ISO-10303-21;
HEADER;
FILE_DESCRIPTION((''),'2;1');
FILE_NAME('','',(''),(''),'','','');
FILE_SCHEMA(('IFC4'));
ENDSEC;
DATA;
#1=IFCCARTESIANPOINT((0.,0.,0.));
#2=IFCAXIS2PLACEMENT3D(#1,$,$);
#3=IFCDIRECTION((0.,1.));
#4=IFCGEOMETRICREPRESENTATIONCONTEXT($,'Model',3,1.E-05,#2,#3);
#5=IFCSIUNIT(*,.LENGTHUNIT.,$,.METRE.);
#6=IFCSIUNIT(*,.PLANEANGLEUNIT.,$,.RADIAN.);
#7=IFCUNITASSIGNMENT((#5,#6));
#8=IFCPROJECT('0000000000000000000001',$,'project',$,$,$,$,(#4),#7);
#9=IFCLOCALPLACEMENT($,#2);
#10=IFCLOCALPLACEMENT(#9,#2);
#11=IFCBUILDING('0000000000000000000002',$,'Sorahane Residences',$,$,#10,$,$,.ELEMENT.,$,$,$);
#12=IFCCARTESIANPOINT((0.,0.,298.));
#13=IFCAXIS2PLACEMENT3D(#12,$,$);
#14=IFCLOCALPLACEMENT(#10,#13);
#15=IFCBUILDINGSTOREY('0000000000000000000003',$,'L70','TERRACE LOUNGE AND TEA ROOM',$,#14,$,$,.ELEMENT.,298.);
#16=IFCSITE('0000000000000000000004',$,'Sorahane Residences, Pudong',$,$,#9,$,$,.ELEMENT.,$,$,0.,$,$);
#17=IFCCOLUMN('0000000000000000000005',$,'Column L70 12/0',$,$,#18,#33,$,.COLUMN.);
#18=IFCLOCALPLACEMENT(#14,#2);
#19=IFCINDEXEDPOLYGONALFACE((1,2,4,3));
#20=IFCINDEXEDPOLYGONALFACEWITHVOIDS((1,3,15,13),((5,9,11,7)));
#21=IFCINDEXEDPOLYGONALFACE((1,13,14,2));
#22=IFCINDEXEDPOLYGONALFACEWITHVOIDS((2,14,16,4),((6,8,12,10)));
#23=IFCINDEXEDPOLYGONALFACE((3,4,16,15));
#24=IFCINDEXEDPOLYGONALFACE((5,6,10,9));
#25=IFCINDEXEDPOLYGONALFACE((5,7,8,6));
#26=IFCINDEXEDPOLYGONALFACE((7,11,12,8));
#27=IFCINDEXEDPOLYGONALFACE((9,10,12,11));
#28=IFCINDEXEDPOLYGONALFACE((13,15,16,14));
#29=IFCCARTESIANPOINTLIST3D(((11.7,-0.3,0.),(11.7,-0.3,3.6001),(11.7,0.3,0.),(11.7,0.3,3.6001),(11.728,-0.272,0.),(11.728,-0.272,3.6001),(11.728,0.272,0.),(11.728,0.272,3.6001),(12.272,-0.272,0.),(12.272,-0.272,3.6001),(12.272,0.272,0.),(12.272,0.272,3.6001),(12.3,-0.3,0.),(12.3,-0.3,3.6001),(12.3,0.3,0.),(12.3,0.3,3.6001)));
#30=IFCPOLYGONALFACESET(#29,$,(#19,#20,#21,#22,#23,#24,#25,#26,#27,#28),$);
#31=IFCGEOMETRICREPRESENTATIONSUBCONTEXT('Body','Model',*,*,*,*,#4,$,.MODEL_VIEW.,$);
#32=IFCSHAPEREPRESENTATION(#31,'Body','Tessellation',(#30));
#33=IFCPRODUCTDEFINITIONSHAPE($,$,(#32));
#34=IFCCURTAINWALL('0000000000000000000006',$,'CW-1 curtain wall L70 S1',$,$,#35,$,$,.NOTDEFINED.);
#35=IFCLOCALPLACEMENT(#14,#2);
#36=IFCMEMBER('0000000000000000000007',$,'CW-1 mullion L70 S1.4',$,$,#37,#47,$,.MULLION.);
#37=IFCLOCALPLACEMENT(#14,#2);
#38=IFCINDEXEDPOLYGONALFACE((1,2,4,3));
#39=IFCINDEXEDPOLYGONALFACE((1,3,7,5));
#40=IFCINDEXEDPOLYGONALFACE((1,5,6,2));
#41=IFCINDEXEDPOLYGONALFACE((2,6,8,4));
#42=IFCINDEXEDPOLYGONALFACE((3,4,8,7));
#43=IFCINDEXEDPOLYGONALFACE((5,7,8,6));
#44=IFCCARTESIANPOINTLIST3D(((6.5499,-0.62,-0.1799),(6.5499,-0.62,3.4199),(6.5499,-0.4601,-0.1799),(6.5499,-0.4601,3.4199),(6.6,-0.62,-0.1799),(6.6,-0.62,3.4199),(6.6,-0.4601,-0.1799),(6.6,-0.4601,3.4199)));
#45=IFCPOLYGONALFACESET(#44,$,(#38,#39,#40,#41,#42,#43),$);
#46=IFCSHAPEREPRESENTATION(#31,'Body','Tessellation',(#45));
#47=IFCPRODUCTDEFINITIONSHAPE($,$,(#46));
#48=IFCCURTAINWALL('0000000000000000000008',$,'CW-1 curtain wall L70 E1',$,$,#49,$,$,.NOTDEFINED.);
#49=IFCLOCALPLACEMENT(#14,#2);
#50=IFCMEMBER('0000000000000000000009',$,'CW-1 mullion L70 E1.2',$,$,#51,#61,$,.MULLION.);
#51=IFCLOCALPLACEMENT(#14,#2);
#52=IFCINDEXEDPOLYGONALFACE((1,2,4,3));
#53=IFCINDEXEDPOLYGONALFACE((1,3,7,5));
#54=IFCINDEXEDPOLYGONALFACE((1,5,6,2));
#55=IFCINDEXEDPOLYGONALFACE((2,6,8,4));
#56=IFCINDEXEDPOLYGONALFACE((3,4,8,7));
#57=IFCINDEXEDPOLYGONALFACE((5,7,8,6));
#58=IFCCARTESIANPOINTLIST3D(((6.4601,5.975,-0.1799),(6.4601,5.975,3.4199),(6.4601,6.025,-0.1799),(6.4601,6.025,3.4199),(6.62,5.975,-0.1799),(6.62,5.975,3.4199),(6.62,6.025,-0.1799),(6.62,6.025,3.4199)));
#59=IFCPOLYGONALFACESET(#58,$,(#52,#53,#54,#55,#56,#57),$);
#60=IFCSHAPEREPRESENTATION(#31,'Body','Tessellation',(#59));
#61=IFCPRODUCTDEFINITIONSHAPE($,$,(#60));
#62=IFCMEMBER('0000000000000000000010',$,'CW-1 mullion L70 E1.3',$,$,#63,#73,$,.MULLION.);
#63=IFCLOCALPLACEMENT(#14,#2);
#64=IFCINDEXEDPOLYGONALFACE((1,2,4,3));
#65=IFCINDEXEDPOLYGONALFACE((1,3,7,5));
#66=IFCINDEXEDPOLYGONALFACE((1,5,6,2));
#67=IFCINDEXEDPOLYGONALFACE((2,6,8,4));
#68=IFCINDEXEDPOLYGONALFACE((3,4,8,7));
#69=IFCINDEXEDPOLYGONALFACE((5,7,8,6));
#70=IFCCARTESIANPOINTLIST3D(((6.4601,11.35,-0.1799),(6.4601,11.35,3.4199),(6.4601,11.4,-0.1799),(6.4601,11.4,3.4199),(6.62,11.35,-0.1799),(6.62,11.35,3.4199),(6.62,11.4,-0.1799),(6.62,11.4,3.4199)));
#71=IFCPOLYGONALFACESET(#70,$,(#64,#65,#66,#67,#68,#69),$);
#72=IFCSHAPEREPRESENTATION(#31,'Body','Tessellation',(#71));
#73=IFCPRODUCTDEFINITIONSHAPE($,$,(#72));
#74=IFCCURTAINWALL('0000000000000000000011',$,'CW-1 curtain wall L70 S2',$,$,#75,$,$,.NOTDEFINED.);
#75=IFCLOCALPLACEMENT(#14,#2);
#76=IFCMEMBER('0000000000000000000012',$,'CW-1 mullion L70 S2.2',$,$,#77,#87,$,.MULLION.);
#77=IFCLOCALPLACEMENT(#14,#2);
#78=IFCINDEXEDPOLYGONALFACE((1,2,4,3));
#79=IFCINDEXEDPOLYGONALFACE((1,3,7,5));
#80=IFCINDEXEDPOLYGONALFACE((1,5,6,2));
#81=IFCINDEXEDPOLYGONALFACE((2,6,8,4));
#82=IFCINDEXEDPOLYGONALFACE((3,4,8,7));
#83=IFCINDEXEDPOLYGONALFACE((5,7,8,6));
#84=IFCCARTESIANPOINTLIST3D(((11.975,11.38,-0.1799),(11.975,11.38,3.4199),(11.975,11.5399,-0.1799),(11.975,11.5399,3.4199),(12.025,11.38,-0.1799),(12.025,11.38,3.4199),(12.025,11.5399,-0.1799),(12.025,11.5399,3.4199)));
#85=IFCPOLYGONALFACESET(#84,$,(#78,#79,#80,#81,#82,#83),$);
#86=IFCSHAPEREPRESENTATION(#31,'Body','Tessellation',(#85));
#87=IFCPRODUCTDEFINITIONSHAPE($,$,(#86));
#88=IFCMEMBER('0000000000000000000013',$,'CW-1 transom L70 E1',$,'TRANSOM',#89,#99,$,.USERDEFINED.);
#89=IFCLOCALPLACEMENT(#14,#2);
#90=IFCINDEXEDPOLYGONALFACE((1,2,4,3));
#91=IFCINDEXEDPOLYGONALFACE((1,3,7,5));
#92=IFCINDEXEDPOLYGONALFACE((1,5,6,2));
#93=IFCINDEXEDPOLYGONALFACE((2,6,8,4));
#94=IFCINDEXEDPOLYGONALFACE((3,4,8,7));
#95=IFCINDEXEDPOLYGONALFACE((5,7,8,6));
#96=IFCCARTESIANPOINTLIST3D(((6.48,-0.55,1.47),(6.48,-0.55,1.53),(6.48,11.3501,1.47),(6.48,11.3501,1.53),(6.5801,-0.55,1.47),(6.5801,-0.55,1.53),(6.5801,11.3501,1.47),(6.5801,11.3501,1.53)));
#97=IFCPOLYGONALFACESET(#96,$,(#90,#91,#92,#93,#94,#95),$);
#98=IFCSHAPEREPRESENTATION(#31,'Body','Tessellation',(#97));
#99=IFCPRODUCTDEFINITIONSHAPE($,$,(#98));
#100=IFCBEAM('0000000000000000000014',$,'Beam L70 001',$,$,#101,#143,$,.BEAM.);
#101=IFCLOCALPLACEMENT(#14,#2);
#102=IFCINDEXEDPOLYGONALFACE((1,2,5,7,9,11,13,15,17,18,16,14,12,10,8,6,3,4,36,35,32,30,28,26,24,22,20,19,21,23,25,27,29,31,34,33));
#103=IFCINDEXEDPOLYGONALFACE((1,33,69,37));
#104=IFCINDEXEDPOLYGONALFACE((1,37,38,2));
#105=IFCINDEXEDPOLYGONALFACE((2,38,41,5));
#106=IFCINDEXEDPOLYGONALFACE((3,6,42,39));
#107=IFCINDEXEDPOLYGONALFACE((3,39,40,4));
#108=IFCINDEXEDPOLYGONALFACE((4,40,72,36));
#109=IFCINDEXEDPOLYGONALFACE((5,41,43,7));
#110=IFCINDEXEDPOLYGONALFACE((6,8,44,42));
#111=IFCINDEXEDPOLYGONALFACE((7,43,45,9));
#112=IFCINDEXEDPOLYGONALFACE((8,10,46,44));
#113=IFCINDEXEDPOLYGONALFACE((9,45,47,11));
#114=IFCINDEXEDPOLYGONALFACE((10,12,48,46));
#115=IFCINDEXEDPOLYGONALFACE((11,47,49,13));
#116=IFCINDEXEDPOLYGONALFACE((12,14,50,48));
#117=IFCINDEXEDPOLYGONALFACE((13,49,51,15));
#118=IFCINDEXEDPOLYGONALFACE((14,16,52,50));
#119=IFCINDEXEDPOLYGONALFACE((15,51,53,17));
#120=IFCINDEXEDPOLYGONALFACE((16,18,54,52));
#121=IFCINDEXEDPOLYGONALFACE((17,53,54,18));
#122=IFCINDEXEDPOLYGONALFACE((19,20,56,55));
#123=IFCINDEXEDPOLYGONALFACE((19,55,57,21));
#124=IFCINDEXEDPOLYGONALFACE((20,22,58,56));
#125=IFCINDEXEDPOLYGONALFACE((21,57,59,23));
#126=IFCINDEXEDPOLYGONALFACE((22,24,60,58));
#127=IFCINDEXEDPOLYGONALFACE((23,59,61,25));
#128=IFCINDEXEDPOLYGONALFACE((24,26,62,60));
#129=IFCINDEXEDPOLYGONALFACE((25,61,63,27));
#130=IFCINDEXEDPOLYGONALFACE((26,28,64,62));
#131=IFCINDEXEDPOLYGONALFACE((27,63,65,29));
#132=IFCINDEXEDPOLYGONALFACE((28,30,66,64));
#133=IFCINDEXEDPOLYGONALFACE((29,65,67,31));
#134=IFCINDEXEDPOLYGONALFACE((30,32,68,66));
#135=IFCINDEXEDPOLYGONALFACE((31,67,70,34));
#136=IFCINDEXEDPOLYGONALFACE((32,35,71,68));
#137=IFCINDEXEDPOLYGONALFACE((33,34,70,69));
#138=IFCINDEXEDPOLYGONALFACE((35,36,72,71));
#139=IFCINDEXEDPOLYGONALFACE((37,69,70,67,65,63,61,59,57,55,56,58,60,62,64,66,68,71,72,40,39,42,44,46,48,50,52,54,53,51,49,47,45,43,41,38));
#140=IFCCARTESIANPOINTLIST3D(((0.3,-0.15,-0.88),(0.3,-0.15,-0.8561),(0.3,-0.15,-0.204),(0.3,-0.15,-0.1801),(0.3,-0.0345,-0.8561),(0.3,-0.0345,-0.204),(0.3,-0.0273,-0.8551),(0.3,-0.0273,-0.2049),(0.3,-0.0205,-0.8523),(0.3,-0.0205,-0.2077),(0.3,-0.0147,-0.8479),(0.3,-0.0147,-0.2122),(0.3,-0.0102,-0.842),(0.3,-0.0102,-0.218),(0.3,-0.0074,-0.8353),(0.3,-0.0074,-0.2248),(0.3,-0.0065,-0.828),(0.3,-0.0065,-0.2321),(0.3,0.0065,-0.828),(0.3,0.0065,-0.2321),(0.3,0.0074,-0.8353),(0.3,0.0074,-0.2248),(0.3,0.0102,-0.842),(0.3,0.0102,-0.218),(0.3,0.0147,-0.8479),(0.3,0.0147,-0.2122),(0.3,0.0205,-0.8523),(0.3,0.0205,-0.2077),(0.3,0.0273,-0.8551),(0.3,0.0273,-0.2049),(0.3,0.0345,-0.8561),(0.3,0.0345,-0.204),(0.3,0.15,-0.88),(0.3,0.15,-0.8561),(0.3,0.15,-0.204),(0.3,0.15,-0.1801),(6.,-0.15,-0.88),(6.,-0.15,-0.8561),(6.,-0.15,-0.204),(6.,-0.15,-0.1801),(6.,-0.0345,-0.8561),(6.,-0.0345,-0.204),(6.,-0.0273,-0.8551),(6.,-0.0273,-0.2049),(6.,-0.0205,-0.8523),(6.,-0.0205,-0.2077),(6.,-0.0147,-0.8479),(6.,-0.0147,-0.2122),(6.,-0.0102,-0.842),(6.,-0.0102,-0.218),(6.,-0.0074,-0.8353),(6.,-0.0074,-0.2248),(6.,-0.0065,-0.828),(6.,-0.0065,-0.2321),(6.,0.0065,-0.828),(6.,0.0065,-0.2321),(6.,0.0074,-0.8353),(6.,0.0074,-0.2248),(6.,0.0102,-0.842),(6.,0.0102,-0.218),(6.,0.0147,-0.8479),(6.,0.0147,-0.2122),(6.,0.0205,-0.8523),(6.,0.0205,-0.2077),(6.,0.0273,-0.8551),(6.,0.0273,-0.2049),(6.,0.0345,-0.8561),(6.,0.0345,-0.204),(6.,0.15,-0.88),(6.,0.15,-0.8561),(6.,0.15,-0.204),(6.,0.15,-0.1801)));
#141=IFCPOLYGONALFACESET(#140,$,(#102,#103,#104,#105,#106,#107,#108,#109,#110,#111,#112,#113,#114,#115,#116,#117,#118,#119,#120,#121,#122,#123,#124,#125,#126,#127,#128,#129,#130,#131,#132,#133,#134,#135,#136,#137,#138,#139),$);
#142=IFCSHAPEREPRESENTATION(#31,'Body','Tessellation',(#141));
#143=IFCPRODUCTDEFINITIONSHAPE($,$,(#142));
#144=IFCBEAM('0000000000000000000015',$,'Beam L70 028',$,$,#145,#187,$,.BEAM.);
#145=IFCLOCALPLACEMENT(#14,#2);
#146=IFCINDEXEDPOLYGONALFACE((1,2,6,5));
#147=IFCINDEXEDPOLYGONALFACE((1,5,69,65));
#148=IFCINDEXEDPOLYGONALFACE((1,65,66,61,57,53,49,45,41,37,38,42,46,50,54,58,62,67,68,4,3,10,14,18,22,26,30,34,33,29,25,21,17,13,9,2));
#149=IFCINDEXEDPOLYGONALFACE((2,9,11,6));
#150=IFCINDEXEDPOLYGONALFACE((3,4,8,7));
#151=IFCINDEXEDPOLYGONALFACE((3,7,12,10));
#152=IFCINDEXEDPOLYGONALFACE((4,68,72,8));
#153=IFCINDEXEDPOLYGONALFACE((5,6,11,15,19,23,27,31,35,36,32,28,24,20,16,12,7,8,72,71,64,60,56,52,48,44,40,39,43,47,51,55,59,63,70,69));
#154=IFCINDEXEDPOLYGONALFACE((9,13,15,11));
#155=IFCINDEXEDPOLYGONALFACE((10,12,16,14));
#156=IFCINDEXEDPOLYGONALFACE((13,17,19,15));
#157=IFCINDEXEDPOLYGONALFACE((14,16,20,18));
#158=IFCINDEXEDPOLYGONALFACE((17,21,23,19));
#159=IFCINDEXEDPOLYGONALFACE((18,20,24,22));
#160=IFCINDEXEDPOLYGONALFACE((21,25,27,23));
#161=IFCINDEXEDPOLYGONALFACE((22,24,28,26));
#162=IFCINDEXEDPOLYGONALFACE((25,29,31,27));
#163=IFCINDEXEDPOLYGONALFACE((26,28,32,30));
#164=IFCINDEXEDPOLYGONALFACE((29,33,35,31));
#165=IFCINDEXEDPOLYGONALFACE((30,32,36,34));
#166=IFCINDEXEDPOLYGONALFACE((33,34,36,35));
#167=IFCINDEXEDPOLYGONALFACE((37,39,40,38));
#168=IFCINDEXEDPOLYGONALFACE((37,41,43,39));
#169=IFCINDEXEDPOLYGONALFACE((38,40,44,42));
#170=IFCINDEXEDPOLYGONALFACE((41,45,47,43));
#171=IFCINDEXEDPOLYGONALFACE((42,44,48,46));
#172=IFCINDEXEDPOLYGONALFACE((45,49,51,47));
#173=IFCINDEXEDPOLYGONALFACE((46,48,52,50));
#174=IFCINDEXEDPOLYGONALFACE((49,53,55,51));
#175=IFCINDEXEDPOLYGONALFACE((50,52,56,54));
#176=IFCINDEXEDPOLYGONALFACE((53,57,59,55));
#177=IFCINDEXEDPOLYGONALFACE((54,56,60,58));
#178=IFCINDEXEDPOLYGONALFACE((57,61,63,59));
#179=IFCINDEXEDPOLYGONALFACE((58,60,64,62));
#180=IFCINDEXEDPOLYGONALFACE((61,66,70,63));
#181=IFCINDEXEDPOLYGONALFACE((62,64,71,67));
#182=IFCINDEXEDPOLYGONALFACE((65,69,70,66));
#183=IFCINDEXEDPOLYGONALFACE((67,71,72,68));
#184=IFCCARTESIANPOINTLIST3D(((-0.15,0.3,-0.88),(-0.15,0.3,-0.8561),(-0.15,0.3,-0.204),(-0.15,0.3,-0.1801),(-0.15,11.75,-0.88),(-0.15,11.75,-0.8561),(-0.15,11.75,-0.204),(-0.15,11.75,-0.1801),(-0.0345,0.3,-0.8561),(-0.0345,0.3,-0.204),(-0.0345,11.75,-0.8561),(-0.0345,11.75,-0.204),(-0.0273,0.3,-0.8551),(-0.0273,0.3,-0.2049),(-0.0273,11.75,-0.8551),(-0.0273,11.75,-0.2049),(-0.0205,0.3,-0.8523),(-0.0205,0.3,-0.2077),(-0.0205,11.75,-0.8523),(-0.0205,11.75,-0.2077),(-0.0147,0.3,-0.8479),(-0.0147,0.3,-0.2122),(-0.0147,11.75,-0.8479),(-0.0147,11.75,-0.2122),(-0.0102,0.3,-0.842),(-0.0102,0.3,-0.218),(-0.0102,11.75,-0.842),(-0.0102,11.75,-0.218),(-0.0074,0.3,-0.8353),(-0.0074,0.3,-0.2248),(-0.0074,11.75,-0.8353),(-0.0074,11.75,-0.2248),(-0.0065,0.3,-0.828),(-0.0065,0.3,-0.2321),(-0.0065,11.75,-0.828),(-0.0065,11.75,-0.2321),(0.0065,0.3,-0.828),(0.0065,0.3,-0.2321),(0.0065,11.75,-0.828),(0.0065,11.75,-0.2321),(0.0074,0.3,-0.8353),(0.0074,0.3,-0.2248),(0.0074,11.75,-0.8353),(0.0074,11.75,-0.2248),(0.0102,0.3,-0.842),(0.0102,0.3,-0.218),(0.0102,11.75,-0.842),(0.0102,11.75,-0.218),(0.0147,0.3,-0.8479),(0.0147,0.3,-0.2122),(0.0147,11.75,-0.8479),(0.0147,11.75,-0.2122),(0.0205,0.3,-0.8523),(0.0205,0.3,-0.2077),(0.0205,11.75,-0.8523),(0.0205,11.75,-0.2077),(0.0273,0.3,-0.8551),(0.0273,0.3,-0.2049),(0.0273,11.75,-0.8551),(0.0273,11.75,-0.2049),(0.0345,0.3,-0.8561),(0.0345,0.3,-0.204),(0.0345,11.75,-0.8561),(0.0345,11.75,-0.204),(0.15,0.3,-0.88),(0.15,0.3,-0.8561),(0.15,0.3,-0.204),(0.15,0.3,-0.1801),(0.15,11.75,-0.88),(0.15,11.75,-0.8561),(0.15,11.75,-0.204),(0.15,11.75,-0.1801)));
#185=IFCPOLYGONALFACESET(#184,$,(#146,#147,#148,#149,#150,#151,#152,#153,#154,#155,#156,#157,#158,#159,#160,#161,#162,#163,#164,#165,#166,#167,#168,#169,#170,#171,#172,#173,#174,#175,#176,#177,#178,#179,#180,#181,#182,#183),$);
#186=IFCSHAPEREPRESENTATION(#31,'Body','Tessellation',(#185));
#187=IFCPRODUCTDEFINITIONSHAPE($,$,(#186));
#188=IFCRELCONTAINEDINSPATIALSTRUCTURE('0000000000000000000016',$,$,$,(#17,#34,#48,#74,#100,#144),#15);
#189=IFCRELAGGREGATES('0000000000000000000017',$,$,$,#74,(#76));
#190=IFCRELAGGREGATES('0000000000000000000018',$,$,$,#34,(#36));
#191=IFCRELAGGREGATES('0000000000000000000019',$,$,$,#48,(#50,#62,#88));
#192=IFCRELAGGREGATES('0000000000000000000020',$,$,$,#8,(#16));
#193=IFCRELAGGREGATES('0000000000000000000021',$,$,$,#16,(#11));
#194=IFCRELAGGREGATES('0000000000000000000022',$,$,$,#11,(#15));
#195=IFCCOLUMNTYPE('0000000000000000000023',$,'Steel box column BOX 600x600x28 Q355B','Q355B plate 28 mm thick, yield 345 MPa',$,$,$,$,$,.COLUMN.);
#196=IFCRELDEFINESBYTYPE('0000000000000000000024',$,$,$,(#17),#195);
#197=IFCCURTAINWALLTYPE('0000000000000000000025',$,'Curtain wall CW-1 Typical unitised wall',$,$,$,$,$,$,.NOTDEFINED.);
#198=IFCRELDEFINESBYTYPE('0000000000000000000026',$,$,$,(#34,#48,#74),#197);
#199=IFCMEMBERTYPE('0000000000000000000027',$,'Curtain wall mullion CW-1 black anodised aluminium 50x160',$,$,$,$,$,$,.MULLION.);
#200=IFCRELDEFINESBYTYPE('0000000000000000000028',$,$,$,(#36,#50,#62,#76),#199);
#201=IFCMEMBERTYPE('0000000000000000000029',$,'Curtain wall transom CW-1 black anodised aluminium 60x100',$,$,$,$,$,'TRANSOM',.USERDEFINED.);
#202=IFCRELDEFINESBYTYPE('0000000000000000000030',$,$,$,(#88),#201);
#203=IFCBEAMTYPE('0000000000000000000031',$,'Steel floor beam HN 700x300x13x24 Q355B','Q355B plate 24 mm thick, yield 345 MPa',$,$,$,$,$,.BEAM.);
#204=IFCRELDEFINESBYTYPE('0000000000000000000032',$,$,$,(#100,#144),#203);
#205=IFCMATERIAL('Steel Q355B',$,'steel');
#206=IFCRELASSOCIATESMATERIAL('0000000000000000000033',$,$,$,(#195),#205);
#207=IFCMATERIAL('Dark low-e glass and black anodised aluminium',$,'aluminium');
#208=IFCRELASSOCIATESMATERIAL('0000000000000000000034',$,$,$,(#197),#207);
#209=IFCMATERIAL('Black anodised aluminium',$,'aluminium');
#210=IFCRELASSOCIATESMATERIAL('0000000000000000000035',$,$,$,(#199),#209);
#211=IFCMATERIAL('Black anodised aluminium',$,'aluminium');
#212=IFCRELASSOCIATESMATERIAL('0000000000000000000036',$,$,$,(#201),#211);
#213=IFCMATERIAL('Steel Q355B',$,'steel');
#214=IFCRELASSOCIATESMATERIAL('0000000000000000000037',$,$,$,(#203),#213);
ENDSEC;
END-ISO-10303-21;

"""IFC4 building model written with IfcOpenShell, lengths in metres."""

from ifc_helpers import new_model, si_unit, direction, frame, origin, origin_2d, place, context, subcontext, project, spatial, rectangle, hollow_rectangle, i_section, extrude, material, material_profile, profile_set, type_object, element, aggregate, save


model = new_model("IFC4")

# Units and contexts
model_context = context("Model", 3, precision=1e-05, world=origin(), true_north=direction((0.0, 1.0)))
body_context = subcontext(model_context, "Body", "Model", "MODEL_VIEW")
ifc_project = project(units=[si_unit("LENGTHUNIT", "METRE"), si_unit("PLANEANGLEUNIT", "RADIAN")], contexts=[model_context])

# Site, building, storey
site_placement = place(None, origin())
site = spatial("IfcSite", under=ifc_project, at=site_placement, Name="Sorahane Residences, Pudong", CompositionType="ELEMENT", RefElevation=0.0)
building_placement = place(site_placement, origin())
building = spatial("IfcBuilding", under=site, at=building_placement, Name="Sorahane Residences", CompositionType="ELEMENT")
storey_placement = place(building_placement, frame((0.0, 0.0, 298.0)))
storey = spatial("IfcBuildingStorey", under=building, at=storey_placement, Name="L70", Description="TERRACE LOUNGE AND TEA ROOM", CompositionType="ELEMENT", Elevation=298.0)

# Column
ifc_material_1 = material(Name="Steel Q355B", Category="steel")
ifc_material_profile_1 = material_profile(ifc_material_1, hollow_rectangle(XDim=0.6001, YDim=0.6001, WallThickness=0.0281, at=origin_2d()), Name="BOX 600x600x28")
ifc_profile_set_1 = profile_set([ifc_material_profile_1], Name="Steel Q355B")
column_type = type_object("IfcColumnType", Name="Steel box column BOX 600x600x28 Q355B", Description="Q355B plate 28 mm thick, yield 345 MPa", PredefinedType="COLUMN", material=ifc_profile_set_1)
column_placement = place(storey_placement, frame((12.0, 0.0, 0.0), z_axis=(0.0, 0.0, 1.0), x_axis=(1.0, 0.0, 0.0)))
element("IfcColumn", 1, at=column_placement, inside=storey, type_object=column_type, Name="Column L70 12/0", PredefinedType="COLUMN", context=body_context, shape_type="SweptSolid", body=[
    extrude(hollow_rectangle(XDim=0.6001, YDim=0.6001, WallThickness=0.0281, at=origin_2d()), origin(), (0.0, 0.0, 1.0), 3.6001),
])

# Curtain wall, member
ifc_material_2 = material(Name="Dark low-e glass and black anodised aluminium", Category="aluminium")
curtain_wall_type = type_object("IfcCurtainWallType", Name="Curtain wall CW-1 Typical unitised wall", PredefinedType="NOTDEFINED", material=ifc_material_2)
curtain_wall_1_placement = place(storey_placement, origin())
curtain_wall_1 = element("IfcCurtainWall", 2, at=curtain_wall_1_placement, inside=storey, type_object=curtain_wall_type, Name="CW-1 curtain wall L70 S1", PredefinedType="NOTDEFINED")
ifc_material_3 = material(Name="Black anodised aluminium", Category="aluminium")
ifc_material_profile_2 = material_profile(ifc_material_3, rectangle(XDim=0.1599, YDim=0.05, at=origin_2d()), Name="Curtain wall mullion CW-1 black anodised aluminium 50x160")
ifc_profile_set_2 = profile_set([ifc_material_profile_2], Name="Black anodised aluminium")
member_type_1 = type_object("IfcMemberType", Name="Curtain wall mullion CW-1 black anodised aluminium 50x160", PredefinedType="MULLION", material=ifc_profile_set_2)
member_1_placement = place(storey_placement, frame((6.575, -0.54, -0.1799), z_axis=(0.0, 0.0, 1.0), x_axis=(0.0, -1.0, 0.0)))
member_1 = element("IfcMember", 3, at=member_1_placement, type_object=member_type_1, Name="CW-1 mullion L70 S1.4", PredefinedType="MULLION", context=body_context, shape_type="SweptSolid", body=[
    extrude(rectangle(XDim=0.1599, YDim=0.05, at=origin_2d()), origin(), (0.0, 0.0, 1.0), 3.5999),
])

# Curtain wall, members
curtain_wall_2_placement = place(storey_placement, origin())
curtain_wall_2 = element("IfcCurtainWall", 4, at=curtain_wall_2_placement, inside=storey, type_object=curtain_wall_type, Name="CW-1 curtain wall L70 E1", PredefinedType="NOTDEFINED")
member_2_placement = place(storey_placement, frame((6.54, 6.0, -0.1799), z_axis=(0.0, 0.0, 1.0), x_axis=(1.0, 0.0, 0.0)))
member_2 = element("IfcMember", 5, at=member_2_placement, type_object=member_type_1, Name="CW-1 mullion L70 E1.2", PredefinedType="MULLION", context=body_context, shape_type="SweptSolid", body=[
    extrude(rectangle(XDim=0.1599, YDim=0.05, at=origin_2d()), origin(), (0.0, 0.0, 1.0), 3.5999),
])
member_3_placement = place(storey_placement, frame((6.54, 11.375, -0.1799), z_axis=(0.0, 0.0, 1.0), x_axis=(1.0, 0.0, 0.0)))
member_3 = element("IfcMember", 6, at=member_3_placement, type_object=member_type_1, Name="CW-1 mullion L70 E1.3", PredefinedType="MULLION", context=body_context, shape_type="SweptSolid", body=[
    extrude(rectangle(XDim=0.1599, YDim=0.05, at=origin_2d()), origin(), (0.0, 0.0, 1.0), 3.5999),
])

# Curtain wall, member
curtain_wall_3_placement = place(storey_placement, origin())
curtain_wall_3 = element("IfcCurtainWall", 7, at=curtain_wall_3_placement, inside=storey, type_object=curtain_wall_type, Name="CW-1 curtain wall L70 S2", PredefinedType="NOTDEFINED")
member_4_placement = place(storey_placement, frame((12.0, 11.46, -0.1799), z_axis=(0.0, 0.0, 1.0), x_axis=(0.0, -1.0, 0.0)))
member_4 = element("IfcMember", 8, at=member_4_placement, type_object=member_type_1, Name="CW-1 mullion L70 S2.2", PredefinedType="MULLION", context=body_context, shape_type="SweptSolid", body=[
    extrude(rectangle(XDim=0.1599, YDim=0.05, at=origin_2d()), origin(), (0.0, 0.0, 1.0), 3.5999),
])
aggregate(curtain_wall_3, [member_4])

# Member
ifc_material_4 = material(Name="Black anodised aluminium", Category="aluminium")
ifc_material_profile_3 = material_profile(ifc_material_4, rectangle(XDim=0.1001, YDim=0.0601, at=origin_2d()), Name="Curtain wall transom CW-1 black anodised aluminium 60x100")
ifc_profile_set_3 = profile_set([ifc_material_profile_3], Name="Black anodised aluminium")
member_type_2 = type_object("IfcMemberType", Name="Curtain wall transom CW-1 black anodised aluminium 60x100", ElementType="TRANSOM", PredefinedType="USERDEFINED", material=ifc_profile_set_3)
member_5_placement = place(storey_placement, frame((6.53, -0.55, 1.5), z_axis=(0.0, 1.0, 0.0), x_axis=(-1.0, 0.0, 0.0)))
member_5 = element("IfcMember", 9, at=member_5_placement, type_object=member_type_2, Name="CW-1 transom L70 E1", ObjectType="TRANSOM", PredefinedType="USERDEFINED", context=body_context, shape_type="SweptSolid", body=[
    extrude(rectangle(XDim=0.1001, YDim=0.0601, at=origin_2d()), origin(), (0.0, 0.0, 1.0), 11.9001),
])

# Beams
ifc_material_5 = material(Name="Steel Q355B", Category="steel")
ifc_material_profile_4 = material_profile(ifc_material_5, i_section(OverallWidth=0.3, OverallDepth=0.7, WebThickness=0.0129, FlangeThickness=0.0239, FilletRadius=0.0281, at=origin_2d()), Name="HN 700x300x13x24")
ifc_profile_set_4 = profile_set([ifc_material_profile_4], Name="Steel Q355B")
beam_type = type_object("IfcBeamType", Name="Steel floor beam HN 700x300x13x24 Q355B", Description="Q355B plate 24 mm thick, yield 345 MPa", PredefinedType="BEAM", material=ifc_profile_set_4)
beam_placement = place(storey_placement, frame((0.3, 0.0, -0.53), z_axis=(1.0, 0.0, 0.0), x_axis=(0.0, 1.0, 0.0)))
element("IfcBeam", 10, at=beam_placement, inside=storey, type_object=beam_type, Name="Beam L70 001", PredefinedType="BEAM", context=body_context, shape_type="SweptSolid", body=[
    extrude(i_section(OverallWidth=0.3, OverallDepth=0.7, WebThickness=0.0129, FlangeThickness=0.0239, FilletRadius=0.0281, at=origin_2d()), origin(), (0.0, 0.0, 1.0), 5.7),
])
for number, where, z_axis, x_axis, name in (
    (11, (0.0, 0.3, -0.53), (0.0, 1.0, 0.0), (-1.0, 0.0, 0.0), "Beam L70 028"),
):
    element("IfcBeam", number, at=place(storey_placement, frame(where, z_axis=z_axis, x_axis=x_axis)), inside=storey, type_object=beam_type, Name=name, PredefinedType="BEAM", context=body_context, shape_type="SweptSolid", body=[
        extrude(i_section(OverallWidth=0.3, OverallDepth=0.7, WebThickness=0.0129, FlangeThickness=0.0239, FilletRadius=0.0281, at=origin_2d()), origin(), (0.0, 0.0, 1.0), 11.45),
    ])

aggregate(curtain_wall_1, [member_1])
aggregate(curtain_wall_2, [member_2, member_3, member_5])

save(model, "model.ifc")
